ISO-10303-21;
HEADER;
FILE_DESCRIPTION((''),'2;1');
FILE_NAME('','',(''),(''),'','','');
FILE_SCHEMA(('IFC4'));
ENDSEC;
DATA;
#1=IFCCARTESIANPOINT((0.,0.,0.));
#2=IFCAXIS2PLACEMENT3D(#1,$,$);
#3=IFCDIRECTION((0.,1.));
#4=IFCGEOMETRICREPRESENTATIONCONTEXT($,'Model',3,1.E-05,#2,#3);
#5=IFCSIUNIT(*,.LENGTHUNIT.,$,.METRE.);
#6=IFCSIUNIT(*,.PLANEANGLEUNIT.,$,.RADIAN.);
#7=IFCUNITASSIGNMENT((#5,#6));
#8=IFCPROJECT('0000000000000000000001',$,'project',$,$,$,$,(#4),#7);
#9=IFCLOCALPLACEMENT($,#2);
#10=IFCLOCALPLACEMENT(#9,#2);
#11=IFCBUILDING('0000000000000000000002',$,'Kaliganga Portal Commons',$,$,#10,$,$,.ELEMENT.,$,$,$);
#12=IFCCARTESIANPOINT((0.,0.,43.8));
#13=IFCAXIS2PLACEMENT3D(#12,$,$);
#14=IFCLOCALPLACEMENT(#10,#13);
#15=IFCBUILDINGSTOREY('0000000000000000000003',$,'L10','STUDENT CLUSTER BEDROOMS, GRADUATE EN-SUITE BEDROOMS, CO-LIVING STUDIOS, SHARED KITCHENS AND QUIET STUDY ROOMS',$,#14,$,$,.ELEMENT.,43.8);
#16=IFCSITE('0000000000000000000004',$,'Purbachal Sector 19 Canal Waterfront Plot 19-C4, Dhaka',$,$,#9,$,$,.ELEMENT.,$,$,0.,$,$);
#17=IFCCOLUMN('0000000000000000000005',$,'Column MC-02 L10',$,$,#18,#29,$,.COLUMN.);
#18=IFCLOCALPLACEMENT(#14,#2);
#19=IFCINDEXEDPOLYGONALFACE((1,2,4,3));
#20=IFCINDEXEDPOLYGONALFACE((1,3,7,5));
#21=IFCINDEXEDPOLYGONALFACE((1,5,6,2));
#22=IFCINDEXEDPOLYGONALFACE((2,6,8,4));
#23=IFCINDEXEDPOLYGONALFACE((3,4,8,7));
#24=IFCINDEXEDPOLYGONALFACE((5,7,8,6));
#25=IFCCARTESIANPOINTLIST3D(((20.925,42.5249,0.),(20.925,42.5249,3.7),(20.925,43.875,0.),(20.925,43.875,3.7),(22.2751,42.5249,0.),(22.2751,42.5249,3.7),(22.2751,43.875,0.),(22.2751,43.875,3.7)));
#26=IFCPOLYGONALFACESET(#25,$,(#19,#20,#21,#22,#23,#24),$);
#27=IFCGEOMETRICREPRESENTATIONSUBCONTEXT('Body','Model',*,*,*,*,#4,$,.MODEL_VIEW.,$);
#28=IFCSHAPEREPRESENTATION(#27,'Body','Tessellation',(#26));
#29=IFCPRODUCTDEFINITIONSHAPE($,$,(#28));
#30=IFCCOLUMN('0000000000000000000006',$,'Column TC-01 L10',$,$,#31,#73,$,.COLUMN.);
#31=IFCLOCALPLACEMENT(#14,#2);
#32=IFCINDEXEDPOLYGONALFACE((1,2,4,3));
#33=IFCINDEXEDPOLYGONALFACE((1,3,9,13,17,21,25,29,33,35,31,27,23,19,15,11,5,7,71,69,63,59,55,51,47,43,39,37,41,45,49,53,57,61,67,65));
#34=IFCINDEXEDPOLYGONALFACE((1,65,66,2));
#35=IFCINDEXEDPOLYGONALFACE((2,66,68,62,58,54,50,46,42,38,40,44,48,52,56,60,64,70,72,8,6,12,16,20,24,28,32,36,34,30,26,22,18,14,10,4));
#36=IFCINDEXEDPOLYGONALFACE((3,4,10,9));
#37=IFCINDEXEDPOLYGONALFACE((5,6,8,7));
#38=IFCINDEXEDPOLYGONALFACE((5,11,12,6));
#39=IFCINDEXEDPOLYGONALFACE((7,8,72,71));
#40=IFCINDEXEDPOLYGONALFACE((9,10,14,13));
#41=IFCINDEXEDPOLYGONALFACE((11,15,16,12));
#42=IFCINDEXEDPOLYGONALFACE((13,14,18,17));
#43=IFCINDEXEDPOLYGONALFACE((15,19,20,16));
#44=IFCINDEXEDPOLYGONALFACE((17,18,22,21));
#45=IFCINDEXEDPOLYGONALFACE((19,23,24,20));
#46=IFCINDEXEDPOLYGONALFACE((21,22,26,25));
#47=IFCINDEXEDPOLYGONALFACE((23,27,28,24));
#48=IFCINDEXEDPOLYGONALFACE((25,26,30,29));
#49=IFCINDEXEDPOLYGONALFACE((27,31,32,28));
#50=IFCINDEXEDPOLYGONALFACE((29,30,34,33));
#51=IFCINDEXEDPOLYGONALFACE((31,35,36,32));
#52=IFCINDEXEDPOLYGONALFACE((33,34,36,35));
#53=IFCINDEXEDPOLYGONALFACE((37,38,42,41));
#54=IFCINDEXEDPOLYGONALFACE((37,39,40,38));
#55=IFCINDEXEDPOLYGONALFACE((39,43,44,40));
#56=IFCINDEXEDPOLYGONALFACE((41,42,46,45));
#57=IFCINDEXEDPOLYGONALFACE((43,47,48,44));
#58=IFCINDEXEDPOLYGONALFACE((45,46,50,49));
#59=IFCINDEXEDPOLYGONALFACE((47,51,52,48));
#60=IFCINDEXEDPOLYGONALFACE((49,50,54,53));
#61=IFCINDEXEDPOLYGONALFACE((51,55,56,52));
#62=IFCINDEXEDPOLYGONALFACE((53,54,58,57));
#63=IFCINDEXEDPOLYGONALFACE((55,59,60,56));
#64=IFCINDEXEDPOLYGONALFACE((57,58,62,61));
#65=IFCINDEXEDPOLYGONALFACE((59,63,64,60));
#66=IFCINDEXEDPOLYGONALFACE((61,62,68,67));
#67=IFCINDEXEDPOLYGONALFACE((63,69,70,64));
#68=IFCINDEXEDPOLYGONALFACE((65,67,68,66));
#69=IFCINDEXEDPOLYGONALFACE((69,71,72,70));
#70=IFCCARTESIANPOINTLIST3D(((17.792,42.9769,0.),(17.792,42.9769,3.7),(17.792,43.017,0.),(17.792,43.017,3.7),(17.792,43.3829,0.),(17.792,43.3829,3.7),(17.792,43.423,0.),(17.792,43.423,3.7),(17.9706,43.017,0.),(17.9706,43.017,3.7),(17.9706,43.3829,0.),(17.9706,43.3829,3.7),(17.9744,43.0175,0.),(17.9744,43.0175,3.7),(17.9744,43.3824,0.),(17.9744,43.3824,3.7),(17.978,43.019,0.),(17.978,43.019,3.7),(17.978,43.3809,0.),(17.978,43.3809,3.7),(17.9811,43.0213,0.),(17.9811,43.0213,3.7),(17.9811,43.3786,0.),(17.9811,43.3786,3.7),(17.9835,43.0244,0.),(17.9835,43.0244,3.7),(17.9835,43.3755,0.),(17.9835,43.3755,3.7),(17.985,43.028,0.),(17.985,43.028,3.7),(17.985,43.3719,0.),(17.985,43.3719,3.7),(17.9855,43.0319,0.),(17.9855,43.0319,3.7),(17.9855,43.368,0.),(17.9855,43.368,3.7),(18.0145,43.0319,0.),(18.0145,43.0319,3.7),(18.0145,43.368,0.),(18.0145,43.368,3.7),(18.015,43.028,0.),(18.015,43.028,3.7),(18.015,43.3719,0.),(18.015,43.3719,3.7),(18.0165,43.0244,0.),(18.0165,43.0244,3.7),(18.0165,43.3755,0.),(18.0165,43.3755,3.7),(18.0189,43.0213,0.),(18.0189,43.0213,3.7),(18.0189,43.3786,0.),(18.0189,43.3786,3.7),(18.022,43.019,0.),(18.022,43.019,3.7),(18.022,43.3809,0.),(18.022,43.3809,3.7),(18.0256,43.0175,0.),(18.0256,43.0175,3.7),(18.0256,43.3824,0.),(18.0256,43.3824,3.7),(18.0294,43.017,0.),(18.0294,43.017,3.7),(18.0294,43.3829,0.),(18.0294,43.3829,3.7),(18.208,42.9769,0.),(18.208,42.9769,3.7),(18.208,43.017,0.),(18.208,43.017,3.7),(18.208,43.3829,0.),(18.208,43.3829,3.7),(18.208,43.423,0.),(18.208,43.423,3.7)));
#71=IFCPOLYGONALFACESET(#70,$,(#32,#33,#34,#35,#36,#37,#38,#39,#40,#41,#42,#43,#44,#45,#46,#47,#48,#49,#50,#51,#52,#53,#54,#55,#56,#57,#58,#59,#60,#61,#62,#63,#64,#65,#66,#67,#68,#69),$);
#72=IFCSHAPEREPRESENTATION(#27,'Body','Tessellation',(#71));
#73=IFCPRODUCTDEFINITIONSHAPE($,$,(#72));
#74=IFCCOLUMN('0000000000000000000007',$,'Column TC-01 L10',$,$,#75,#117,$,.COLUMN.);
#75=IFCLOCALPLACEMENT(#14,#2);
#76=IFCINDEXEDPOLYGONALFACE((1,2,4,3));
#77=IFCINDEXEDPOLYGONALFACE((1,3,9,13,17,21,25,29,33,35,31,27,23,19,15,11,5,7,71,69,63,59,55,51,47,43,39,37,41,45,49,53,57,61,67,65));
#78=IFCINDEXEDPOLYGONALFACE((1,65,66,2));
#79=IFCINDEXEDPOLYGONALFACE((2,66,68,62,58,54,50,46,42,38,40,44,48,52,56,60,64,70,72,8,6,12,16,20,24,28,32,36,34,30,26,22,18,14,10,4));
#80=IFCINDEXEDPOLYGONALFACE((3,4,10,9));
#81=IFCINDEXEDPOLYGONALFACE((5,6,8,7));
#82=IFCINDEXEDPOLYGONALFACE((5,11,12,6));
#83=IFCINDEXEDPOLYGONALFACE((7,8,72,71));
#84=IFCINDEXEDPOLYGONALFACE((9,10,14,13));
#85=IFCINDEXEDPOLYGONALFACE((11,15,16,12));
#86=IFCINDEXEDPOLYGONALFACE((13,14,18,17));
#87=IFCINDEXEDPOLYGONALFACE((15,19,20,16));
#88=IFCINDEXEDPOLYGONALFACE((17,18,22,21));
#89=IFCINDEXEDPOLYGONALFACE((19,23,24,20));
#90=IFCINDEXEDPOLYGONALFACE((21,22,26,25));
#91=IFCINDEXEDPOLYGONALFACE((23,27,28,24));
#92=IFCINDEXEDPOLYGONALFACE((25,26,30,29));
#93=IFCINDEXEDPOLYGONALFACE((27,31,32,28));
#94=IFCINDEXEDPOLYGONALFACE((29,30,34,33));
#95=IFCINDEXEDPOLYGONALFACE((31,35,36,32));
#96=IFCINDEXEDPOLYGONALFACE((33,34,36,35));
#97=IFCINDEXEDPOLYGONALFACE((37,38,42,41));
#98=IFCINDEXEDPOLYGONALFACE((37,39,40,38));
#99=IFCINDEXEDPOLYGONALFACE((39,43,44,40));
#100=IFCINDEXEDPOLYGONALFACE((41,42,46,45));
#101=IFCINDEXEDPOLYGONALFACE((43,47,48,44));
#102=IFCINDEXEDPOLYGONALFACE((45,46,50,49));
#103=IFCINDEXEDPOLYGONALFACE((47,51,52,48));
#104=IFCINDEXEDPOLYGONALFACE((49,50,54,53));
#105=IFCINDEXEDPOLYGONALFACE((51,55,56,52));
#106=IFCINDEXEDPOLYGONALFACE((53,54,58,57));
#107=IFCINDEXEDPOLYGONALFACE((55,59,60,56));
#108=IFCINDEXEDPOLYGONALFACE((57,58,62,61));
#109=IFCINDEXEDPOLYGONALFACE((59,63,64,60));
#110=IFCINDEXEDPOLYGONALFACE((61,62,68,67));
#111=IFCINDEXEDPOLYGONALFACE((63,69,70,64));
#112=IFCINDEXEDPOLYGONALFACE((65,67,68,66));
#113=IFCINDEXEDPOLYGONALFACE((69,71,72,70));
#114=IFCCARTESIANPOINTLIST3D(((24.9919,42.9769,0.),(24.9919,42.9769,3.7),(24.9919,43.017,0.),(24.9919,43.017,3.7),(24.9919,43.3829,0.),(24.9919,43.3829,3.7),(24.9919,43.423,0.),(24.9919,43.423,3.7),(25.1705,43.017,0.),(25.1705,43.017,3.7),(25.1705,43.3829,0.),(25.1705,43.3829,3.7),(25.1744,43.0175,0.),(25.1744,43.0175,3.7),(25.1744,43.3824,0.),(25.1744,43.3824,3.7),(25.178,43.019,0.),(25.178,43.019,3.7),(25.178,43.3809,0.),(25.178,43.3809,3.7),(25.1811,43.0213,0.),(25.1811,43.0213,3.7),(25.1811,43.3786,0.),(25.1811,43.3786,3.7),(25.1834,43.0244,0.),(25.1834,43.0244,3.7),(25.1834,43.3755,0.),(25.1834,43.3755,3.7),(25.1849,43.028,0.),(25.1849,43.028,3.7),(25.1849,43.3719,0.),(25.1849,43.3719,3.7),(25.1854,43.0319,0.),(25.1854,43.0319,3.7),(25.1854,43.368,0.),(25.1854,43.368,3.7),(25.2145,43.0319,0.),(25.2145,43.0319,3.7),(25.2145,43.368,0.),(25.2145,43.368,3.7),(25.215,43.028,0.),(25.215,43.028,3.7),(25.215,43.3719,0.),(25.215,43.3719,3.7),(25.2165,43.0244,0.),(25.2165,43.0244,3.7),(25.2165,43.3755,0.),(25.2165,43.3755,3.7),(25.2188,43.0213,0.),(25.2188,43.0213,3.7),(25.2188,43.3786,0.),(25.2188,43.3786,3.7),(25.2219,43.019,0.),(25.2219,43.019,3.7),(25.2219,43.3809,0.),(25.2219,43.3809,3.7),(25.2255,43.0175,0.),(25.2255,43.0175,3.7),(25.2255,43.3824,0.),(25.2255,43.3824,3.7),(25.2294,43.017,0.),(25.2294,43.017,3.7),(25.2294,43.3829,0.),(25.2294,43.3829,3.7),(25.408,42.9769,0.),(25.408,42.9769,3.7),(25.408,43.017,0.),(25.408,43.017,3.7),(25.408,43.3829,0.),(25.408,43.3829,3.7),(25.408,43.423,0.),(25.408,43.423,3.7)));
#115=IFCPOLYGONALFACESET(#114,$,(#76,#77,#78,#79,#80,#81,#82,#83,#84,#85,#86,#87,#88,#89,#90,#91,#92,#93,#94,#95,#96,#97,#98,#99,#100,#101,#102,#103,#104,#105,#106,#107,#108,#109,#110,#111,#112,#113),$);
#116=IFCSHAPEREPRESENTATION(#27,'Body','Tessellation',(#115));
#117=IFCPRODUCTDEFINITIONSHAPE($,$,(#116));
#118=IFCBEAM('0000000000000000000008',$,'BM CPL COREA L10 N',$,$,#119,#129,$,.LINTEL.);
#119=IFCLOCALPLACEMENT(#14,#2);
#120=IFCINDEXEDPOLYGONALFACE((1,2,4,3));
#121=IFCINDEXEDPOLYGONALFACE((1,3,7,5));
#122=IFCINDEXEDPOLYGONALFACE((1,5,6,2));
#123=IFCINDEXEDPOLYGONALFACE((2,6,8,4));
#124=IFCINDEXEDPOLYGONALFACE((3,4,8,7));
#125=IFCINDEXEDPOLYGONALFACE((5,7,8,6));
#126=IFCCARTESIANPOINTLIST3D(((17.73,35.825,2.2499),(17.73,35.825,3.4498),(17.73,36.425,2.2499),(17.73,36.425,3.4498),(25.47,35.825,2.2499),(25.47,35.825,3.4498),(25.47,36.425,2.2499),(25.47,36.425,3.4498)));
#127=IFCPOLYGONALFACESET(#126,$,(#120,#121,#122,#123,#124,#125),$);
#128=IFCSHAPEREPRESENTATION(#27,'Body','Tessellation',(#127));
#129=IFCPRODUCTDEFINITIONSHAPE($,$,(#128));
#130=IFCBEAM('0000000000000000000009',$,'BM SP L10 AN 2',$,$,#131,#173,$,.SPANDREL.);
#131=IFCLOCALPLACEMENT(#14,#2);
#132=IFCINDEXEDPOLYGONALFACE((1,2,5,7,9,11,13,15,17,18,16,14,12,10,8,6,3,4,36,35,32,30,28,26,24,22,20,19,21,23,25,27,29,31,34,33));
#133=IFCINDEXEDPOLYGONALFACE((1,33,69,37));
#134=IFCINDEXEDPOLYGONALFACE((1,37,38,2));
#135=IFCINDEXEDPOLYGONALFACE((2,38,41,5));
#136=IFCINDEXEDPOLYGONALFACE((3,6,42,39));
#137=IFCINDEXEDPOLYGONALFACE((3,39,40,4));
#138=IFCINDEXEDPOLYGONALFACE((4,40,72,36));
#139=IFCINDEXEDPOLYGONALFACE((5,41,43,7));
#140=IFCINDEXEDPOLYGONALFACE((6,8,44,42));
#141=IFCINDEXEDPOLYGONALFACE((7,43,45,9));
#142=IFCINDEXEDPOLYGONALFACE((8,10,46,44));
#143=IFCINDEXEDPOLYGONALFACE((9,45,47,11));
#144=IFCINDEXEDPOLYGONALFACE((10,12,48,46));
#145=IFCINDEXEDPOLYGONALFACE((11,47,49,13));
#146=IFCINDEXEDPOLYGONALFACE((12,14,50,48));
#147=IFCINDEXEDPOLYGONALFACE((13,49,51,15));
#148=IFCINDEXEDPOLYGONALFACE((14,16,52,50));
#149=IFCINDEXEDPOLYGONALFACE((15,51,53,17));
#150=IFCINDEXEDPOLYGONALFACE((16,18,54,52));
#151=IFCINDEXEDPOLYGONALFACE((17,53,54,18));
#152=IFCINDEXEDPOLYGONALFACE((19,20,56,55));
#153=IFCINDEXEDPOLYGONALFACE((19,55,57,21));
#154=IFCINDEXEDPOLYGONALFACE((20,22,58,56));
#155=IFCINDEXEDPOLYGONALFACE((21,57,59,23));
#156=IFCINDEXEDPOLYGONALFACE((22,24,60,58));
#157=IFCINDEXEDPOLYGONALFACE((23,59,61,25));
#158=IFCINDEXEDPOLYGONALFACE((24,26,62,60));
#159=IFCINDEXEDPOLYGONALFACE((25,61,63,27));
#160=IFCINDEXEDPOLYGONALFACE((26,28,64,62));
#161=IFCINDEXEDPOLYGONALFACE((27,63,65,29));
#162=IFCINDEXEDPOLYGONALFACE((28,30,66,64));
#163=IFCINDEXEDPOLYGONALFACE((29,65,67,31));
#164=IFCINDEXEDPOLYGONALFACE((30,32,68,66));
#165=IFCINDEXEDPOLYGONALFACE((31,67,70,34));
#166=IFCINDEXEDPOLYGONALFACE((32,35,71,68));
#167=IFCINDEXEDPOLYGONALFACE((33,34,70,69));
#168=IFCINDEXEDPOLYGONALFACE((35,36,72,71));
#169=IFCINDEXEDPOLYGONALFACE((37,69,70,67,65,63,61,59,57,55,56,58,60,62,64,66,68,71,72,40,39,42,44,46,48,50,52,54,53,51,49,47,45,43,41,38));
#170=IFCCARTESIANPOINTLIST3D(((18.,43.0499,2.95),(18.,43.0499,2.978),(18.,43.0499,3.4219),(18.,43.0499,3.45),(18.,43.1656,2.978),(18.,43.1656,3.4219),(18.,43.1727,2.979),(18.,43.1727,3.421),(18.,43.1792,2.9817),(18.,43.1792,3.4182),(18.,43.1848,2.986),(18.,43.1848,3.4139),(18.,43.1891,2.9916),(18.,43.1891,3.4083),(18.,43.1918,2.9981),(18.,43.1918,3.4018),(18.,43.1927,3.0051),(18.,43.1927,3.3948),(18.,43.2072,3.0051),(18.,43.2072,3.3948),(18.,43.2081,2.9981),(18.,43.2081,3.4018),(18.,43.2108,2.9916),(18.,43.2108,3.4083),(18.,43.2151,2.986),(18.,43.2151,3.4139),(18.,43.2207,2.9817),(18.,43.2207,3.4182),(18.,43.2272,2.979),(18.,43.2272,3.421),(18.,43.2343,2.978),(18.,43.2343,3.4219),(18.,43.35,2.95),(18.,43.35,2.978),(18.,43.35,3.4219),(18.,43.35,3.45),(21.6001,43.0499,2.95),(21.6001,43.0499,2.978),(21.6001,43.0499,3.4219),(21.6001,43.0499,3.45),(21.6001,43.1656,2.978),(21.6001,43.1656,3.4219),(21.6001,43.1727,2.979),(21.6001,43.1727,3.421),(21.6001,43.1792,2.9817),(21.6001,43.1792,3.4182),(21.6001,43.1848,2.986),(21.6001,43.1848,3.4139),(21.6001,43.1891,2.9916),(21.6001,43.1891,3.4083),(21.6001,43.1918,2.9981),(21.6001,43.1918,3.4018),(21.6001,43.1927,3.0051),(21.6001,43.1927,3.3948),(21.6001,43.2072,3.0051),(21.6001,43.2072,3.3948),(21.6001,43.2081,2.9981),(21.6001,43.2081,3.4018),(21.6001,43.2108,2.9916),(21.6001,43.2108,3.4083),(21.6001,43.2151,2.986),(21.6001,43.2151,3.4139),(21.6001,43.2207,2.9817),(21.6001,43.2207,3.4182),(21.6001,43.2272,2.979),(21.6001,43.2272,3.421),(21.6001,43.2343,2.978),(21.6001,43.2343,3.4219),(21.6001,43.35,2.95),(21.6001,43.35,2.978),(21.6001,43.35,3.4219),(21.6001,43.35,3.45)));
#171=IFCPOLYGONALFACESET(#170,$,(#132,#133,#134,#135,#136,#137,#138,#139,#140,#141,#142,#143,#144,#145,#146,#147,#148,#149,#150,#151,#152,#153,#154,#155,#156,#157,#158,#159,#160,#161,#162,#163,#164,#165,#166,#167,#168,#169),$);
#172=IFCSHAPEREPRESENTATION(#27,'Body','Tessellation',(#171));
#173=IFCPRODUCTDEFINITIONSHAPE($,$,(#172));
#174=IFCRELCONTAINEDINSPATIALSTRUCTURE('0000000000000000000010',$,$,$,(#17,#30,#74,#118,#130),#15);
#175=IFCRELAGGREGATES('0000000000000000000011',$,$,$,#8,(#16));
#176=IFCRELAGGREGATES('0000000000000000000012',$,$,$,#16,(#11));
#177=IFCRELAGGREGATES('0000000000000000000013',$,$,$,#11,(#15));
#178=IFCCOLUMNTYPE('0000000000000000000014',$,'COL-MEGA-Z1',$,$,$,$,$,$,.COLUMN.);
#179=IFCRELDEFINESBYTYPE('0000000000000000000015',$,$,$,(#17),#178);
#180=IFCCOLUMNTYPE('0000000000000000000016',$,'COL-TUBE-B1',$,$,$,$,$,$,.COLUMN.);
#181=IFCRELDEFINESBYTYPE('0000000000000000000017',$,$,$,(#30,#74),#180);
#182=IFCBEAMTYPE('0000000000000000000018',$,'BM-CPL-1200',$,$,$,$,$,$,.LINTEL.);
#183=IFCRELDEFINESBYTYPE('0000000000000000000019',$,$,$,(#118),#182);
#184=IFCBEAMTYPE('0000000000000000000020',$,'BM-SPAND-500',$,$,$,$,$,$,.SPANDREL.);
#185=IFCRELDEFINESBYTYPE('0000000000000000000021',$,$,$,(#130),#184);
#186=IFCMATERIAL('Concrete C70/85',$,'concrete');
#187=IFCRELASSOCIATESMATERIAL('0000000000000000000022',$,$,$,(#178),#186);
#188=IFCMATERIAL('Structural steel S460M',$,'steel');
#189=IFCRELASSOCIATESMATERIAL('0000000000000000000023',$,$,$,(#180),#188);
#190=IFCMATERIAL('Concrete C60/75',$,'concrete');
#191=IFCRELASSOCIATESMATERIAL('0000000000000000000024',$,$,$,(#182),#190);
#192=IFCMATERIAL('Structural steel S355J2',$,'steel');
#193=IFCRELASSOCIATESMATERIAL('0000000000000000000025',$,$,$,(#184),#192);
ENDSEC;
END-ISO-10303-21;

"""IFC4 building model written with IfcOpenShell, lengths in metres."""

from ifc_helpers import new_model, si_unit, direction, frame, origin, origin_2d, place, context, subcontext, project, spatial, rectangle, i_section, extrude, source, transform, mapped, material, material_profile, profile_set, type_object, element, save


model = new_model("IFC4")

# Units and contexts
model_context = context("Model", 3, precision=1e-05, world=origin(), true_north=direction((0.0, 1.0)))
body_context = subcontext(model_context, "Body", "Model", "MODEL_VIEW")
ifc_project = project(units=[si_unit("LENGTHUNIT", "METRE"), si_unit("PLANEANGLEUNIT", "RADIAN")], contexts=[model_context])

# Site, building, storey
site_placement = place(None, origin())
site = spatial("IfcSite", under=ifc_project, at=site_placement, Name="Purbachal Sector 19 Canal Waterfront Plot 19-C4, Dhaka", CompositionType="ELEMENT", RefElevation=0.0)
building_placement = place(site_placement, origin())
building = spatial("IfcBuilding", under=site, at=building_placement, Name="Kaliganga Portal Commons", CompositionType="ELEMENT")
storey_placement = place(building_placement, frame((0.0, 0.0, 43.8)))
storey = spatial("IfcBuildingStorey", under=building, at=storey_placement, Name="L10", Description="STUDENT CLUSTER BEDROOMS, GRADUATE EN-SUITE BEDROOMS, CO-LIVING STUDIOS, SHARED KITCHENS AND QUIET STUDY ROOMS", CompositionType="ELEMENT", Elevation=43.8)

# Columns
ifc_material_1 = material(Name="Concrete C70/85", Category="concrete")
ifc_material_profile_1 = material_profile(ifc_material_1, rectangle(XDim=1.3501, YDim=1.3501, at=origin_2d()), Name="RC 1350x1350")
ifc_profile_set_1 = profile_set([ifc_material_profile_1], Name="Concrete C70/85")
column_type_1 = type_object("IfcColumnType", Name="COL-MEGA-Z1", PredefinedType="COLUMN", material=ifc_profile_set_1)
shared_shape_1 = source(origin(), body_context, "Body", "SweptSolid", [
    extrude(rectangle(XDim=1.3501, YDim=1.3501, at=origin_2d()), origin(), (0.0, 0.0, 1.0), 3.7),
])
column_placement = place(storey_placement, frame((21.6001, 43.2, 0.0), z_axis=(0.0, 0.0, 1.0), x_axis=(1.0, 0.0, 0.0)))
element("IfcColumn", 1, at=column_placement, inside=storey, type_object=column_type_1, Name="Column MC-02 L10", PredefinedType="COLUMN", context=body_context, shape_type="MappedRepresentation", body=[
    mapped(shared_shape_1, transform((0.0, 0.0, 0.0), x_axis=(1.0, 0.0, 0.0), y_axis=(0.0, 1.0, 0.0), z_axis=(0.0, 0.0, 1.0), scale=1.0)),
])
ifc_material_2 = material(Name="Structural steel S460M", Category="steel")
ifc_material_profile_2 = material_profile(ifc_material_2, i_section(OverallWidth=0.416, OverallDepth=0.446, WebThickness=0.0291, FlangeThickness=0.04, FilletRadius=0.0149, at=origin_2d()), Name="HD 400x509")
ifc_profile_set_2 = profile_set([ifc_material_profile_2], Name="Structural steel S460M wide-flange")
column_type_2 = type_object("IfcColumnType", Name="COL-TUBE-B1", PredefinedType="COLUMN", material=ifc_profile_set_2)
shared_shape_2 = source(origin(), body_context, "Body", "SweptSolid", [
    extrude(i_section(OverallWidth=0.416, OverallDepth=0.446, WebThickness=0.0291, FlangeThickness=0.04, FilletRadius=0.0149, at=origin_2d()), origin(), (0.0, 0.0, 1.0), 3.7),
])
for number, where, z_axis, x_axis, name in (
    (2, (18.0, 43.2, 0.0), (0.0, 0.0, 1.0), (1.0, 0.0, 0.0), "Column TC-01 L10"),
    (3, (25.2, 43.2, 0.0), (0.0, 0.0, 1.0), (1.0, 0.0, 0.0), "Column TC-01 L10"),
):
    element("IfcColumn", number, at=place(storey_placement, frame(where, z_axis=z_axis, x_axis=x_axis)), inside=storey, type_object=column_type_2, Name=name, PredefinedType="COLUMN", context=body_context, shape_type="MappedRepresentation", body=[
        mapped(shared_shape_2, transform((0.0, 0.0, 0.0), x_axis=(1.0, 0.0, 0.0), y_axis=(0.0, 1.0, 0.0), z_axis=(0.0, 0.0, 1.0), scale=1.0)),
    ])

# Beams
ifc_material_3 = material(Name="Concrete C60/75", Category="concrete")
ifc_material_profile_3 = material_profile(ifc_material_3, rectangle(XDim=0.6001, YDim=1.2, at=origin_2d()), Name="RC 600x1200")
ifc_profile_set_3 = profile_set([ifc_material_profile_3], Name="Concrete C60/75")
beam_type_1 = type_object("IfcBeamType", Name="BM-CPL-1200", PredefinedType="LINTEL", material=ifc_profile_set_3)
shared_shape_3 = source(origin(), body_context, "Body", "SweptSolid", [
    extrude(rectangle(XDim=0.6001, YDim=1.2, at=origin_2d()), origin(), (0.0, 0.0, 1.0), 7.74),
])
beam_1_placement = place(storey_placement, frame((17.73, 36.125, 2.8499), z_axis=(1.0, 0.0, 0.0), x_axis=(0.0, 1.0, 0.0)))
element("IfcBeam", 4, at=beam_1_placement, inside=storey, type_object=beam_type_1, Name="BM CPL COREA L10 N", PredefinedType="LINTEL", context=body_context, shape_type="MappedRepresentation", body=[
    mapped(shared_shape_3, transform((0.0, 0.0, 0.0), x_axis=(1.0, 0.0, 0.0), y_axis=(0.0, 1.0, 0.0), z_axis=(0.0, 0.0, 1.0), scale=1.0)),
])
ifc_material_4 = material(Name="Structural steel S355J2", Category="steel")
ifc_material_profile_4 = material_profile(ifc_material_4, i_section(OverallWidth=0.3, OverallDepth=0.5, WebThickness=0.0144, FlangeThickness=0.0281, FilletRadius=0.0271, at=origin_2d()), Name="HE 500 B")
ifc_profile_set_4 = profile_set([ifc_material_profile_4], Name="Structural steel S355J2 wide-flange")
beam_type_2 = type_object("IfcBeamType", Name="BM-SPAND-500", PredefinedType="SPANDREL", material=ifc_profile_set_4)
shared_shape_4 = source(origin(), body_context, "Body", "SweptSolid", [
    extrude(i_section(OverallWidth=0.3, OverallDepth=0.5, WebThickness=0.0144, FlangeThickness=0.0281, FilletRadius=0.0271, at=origin_2d()), origin(), (0.0, 0.0, 1.0), 3.6001),
])
for number, where, z_axis, x_axis, name in (
    (5, (18.0, 43.2, 3.2), (1.0, 0.0, 0.0), (0.0, 1.0, 0.0), "BM SP L10 AN 2"),
):
    element("IfcBeam", number, at=place(storey_placement, frame(where, z_axis=z_axis, x_axis=x_axis)), inside=storey, type_object=beam_type_2, Name=name, PredefinedType="SPANDREL", context=body_context, shape_type="MappedRepresentation", body=[
        mapped(shared_shape_4, transform((0.0, 0.0, 0.0), x_axis=(1.0, 0.0, 0.0), y_axis=(0.0, 1.0, 0.0), z_axis=(0.0, 0.0, 1.0), scale=1.0)),
    ])

save(model, "model.ifc")
